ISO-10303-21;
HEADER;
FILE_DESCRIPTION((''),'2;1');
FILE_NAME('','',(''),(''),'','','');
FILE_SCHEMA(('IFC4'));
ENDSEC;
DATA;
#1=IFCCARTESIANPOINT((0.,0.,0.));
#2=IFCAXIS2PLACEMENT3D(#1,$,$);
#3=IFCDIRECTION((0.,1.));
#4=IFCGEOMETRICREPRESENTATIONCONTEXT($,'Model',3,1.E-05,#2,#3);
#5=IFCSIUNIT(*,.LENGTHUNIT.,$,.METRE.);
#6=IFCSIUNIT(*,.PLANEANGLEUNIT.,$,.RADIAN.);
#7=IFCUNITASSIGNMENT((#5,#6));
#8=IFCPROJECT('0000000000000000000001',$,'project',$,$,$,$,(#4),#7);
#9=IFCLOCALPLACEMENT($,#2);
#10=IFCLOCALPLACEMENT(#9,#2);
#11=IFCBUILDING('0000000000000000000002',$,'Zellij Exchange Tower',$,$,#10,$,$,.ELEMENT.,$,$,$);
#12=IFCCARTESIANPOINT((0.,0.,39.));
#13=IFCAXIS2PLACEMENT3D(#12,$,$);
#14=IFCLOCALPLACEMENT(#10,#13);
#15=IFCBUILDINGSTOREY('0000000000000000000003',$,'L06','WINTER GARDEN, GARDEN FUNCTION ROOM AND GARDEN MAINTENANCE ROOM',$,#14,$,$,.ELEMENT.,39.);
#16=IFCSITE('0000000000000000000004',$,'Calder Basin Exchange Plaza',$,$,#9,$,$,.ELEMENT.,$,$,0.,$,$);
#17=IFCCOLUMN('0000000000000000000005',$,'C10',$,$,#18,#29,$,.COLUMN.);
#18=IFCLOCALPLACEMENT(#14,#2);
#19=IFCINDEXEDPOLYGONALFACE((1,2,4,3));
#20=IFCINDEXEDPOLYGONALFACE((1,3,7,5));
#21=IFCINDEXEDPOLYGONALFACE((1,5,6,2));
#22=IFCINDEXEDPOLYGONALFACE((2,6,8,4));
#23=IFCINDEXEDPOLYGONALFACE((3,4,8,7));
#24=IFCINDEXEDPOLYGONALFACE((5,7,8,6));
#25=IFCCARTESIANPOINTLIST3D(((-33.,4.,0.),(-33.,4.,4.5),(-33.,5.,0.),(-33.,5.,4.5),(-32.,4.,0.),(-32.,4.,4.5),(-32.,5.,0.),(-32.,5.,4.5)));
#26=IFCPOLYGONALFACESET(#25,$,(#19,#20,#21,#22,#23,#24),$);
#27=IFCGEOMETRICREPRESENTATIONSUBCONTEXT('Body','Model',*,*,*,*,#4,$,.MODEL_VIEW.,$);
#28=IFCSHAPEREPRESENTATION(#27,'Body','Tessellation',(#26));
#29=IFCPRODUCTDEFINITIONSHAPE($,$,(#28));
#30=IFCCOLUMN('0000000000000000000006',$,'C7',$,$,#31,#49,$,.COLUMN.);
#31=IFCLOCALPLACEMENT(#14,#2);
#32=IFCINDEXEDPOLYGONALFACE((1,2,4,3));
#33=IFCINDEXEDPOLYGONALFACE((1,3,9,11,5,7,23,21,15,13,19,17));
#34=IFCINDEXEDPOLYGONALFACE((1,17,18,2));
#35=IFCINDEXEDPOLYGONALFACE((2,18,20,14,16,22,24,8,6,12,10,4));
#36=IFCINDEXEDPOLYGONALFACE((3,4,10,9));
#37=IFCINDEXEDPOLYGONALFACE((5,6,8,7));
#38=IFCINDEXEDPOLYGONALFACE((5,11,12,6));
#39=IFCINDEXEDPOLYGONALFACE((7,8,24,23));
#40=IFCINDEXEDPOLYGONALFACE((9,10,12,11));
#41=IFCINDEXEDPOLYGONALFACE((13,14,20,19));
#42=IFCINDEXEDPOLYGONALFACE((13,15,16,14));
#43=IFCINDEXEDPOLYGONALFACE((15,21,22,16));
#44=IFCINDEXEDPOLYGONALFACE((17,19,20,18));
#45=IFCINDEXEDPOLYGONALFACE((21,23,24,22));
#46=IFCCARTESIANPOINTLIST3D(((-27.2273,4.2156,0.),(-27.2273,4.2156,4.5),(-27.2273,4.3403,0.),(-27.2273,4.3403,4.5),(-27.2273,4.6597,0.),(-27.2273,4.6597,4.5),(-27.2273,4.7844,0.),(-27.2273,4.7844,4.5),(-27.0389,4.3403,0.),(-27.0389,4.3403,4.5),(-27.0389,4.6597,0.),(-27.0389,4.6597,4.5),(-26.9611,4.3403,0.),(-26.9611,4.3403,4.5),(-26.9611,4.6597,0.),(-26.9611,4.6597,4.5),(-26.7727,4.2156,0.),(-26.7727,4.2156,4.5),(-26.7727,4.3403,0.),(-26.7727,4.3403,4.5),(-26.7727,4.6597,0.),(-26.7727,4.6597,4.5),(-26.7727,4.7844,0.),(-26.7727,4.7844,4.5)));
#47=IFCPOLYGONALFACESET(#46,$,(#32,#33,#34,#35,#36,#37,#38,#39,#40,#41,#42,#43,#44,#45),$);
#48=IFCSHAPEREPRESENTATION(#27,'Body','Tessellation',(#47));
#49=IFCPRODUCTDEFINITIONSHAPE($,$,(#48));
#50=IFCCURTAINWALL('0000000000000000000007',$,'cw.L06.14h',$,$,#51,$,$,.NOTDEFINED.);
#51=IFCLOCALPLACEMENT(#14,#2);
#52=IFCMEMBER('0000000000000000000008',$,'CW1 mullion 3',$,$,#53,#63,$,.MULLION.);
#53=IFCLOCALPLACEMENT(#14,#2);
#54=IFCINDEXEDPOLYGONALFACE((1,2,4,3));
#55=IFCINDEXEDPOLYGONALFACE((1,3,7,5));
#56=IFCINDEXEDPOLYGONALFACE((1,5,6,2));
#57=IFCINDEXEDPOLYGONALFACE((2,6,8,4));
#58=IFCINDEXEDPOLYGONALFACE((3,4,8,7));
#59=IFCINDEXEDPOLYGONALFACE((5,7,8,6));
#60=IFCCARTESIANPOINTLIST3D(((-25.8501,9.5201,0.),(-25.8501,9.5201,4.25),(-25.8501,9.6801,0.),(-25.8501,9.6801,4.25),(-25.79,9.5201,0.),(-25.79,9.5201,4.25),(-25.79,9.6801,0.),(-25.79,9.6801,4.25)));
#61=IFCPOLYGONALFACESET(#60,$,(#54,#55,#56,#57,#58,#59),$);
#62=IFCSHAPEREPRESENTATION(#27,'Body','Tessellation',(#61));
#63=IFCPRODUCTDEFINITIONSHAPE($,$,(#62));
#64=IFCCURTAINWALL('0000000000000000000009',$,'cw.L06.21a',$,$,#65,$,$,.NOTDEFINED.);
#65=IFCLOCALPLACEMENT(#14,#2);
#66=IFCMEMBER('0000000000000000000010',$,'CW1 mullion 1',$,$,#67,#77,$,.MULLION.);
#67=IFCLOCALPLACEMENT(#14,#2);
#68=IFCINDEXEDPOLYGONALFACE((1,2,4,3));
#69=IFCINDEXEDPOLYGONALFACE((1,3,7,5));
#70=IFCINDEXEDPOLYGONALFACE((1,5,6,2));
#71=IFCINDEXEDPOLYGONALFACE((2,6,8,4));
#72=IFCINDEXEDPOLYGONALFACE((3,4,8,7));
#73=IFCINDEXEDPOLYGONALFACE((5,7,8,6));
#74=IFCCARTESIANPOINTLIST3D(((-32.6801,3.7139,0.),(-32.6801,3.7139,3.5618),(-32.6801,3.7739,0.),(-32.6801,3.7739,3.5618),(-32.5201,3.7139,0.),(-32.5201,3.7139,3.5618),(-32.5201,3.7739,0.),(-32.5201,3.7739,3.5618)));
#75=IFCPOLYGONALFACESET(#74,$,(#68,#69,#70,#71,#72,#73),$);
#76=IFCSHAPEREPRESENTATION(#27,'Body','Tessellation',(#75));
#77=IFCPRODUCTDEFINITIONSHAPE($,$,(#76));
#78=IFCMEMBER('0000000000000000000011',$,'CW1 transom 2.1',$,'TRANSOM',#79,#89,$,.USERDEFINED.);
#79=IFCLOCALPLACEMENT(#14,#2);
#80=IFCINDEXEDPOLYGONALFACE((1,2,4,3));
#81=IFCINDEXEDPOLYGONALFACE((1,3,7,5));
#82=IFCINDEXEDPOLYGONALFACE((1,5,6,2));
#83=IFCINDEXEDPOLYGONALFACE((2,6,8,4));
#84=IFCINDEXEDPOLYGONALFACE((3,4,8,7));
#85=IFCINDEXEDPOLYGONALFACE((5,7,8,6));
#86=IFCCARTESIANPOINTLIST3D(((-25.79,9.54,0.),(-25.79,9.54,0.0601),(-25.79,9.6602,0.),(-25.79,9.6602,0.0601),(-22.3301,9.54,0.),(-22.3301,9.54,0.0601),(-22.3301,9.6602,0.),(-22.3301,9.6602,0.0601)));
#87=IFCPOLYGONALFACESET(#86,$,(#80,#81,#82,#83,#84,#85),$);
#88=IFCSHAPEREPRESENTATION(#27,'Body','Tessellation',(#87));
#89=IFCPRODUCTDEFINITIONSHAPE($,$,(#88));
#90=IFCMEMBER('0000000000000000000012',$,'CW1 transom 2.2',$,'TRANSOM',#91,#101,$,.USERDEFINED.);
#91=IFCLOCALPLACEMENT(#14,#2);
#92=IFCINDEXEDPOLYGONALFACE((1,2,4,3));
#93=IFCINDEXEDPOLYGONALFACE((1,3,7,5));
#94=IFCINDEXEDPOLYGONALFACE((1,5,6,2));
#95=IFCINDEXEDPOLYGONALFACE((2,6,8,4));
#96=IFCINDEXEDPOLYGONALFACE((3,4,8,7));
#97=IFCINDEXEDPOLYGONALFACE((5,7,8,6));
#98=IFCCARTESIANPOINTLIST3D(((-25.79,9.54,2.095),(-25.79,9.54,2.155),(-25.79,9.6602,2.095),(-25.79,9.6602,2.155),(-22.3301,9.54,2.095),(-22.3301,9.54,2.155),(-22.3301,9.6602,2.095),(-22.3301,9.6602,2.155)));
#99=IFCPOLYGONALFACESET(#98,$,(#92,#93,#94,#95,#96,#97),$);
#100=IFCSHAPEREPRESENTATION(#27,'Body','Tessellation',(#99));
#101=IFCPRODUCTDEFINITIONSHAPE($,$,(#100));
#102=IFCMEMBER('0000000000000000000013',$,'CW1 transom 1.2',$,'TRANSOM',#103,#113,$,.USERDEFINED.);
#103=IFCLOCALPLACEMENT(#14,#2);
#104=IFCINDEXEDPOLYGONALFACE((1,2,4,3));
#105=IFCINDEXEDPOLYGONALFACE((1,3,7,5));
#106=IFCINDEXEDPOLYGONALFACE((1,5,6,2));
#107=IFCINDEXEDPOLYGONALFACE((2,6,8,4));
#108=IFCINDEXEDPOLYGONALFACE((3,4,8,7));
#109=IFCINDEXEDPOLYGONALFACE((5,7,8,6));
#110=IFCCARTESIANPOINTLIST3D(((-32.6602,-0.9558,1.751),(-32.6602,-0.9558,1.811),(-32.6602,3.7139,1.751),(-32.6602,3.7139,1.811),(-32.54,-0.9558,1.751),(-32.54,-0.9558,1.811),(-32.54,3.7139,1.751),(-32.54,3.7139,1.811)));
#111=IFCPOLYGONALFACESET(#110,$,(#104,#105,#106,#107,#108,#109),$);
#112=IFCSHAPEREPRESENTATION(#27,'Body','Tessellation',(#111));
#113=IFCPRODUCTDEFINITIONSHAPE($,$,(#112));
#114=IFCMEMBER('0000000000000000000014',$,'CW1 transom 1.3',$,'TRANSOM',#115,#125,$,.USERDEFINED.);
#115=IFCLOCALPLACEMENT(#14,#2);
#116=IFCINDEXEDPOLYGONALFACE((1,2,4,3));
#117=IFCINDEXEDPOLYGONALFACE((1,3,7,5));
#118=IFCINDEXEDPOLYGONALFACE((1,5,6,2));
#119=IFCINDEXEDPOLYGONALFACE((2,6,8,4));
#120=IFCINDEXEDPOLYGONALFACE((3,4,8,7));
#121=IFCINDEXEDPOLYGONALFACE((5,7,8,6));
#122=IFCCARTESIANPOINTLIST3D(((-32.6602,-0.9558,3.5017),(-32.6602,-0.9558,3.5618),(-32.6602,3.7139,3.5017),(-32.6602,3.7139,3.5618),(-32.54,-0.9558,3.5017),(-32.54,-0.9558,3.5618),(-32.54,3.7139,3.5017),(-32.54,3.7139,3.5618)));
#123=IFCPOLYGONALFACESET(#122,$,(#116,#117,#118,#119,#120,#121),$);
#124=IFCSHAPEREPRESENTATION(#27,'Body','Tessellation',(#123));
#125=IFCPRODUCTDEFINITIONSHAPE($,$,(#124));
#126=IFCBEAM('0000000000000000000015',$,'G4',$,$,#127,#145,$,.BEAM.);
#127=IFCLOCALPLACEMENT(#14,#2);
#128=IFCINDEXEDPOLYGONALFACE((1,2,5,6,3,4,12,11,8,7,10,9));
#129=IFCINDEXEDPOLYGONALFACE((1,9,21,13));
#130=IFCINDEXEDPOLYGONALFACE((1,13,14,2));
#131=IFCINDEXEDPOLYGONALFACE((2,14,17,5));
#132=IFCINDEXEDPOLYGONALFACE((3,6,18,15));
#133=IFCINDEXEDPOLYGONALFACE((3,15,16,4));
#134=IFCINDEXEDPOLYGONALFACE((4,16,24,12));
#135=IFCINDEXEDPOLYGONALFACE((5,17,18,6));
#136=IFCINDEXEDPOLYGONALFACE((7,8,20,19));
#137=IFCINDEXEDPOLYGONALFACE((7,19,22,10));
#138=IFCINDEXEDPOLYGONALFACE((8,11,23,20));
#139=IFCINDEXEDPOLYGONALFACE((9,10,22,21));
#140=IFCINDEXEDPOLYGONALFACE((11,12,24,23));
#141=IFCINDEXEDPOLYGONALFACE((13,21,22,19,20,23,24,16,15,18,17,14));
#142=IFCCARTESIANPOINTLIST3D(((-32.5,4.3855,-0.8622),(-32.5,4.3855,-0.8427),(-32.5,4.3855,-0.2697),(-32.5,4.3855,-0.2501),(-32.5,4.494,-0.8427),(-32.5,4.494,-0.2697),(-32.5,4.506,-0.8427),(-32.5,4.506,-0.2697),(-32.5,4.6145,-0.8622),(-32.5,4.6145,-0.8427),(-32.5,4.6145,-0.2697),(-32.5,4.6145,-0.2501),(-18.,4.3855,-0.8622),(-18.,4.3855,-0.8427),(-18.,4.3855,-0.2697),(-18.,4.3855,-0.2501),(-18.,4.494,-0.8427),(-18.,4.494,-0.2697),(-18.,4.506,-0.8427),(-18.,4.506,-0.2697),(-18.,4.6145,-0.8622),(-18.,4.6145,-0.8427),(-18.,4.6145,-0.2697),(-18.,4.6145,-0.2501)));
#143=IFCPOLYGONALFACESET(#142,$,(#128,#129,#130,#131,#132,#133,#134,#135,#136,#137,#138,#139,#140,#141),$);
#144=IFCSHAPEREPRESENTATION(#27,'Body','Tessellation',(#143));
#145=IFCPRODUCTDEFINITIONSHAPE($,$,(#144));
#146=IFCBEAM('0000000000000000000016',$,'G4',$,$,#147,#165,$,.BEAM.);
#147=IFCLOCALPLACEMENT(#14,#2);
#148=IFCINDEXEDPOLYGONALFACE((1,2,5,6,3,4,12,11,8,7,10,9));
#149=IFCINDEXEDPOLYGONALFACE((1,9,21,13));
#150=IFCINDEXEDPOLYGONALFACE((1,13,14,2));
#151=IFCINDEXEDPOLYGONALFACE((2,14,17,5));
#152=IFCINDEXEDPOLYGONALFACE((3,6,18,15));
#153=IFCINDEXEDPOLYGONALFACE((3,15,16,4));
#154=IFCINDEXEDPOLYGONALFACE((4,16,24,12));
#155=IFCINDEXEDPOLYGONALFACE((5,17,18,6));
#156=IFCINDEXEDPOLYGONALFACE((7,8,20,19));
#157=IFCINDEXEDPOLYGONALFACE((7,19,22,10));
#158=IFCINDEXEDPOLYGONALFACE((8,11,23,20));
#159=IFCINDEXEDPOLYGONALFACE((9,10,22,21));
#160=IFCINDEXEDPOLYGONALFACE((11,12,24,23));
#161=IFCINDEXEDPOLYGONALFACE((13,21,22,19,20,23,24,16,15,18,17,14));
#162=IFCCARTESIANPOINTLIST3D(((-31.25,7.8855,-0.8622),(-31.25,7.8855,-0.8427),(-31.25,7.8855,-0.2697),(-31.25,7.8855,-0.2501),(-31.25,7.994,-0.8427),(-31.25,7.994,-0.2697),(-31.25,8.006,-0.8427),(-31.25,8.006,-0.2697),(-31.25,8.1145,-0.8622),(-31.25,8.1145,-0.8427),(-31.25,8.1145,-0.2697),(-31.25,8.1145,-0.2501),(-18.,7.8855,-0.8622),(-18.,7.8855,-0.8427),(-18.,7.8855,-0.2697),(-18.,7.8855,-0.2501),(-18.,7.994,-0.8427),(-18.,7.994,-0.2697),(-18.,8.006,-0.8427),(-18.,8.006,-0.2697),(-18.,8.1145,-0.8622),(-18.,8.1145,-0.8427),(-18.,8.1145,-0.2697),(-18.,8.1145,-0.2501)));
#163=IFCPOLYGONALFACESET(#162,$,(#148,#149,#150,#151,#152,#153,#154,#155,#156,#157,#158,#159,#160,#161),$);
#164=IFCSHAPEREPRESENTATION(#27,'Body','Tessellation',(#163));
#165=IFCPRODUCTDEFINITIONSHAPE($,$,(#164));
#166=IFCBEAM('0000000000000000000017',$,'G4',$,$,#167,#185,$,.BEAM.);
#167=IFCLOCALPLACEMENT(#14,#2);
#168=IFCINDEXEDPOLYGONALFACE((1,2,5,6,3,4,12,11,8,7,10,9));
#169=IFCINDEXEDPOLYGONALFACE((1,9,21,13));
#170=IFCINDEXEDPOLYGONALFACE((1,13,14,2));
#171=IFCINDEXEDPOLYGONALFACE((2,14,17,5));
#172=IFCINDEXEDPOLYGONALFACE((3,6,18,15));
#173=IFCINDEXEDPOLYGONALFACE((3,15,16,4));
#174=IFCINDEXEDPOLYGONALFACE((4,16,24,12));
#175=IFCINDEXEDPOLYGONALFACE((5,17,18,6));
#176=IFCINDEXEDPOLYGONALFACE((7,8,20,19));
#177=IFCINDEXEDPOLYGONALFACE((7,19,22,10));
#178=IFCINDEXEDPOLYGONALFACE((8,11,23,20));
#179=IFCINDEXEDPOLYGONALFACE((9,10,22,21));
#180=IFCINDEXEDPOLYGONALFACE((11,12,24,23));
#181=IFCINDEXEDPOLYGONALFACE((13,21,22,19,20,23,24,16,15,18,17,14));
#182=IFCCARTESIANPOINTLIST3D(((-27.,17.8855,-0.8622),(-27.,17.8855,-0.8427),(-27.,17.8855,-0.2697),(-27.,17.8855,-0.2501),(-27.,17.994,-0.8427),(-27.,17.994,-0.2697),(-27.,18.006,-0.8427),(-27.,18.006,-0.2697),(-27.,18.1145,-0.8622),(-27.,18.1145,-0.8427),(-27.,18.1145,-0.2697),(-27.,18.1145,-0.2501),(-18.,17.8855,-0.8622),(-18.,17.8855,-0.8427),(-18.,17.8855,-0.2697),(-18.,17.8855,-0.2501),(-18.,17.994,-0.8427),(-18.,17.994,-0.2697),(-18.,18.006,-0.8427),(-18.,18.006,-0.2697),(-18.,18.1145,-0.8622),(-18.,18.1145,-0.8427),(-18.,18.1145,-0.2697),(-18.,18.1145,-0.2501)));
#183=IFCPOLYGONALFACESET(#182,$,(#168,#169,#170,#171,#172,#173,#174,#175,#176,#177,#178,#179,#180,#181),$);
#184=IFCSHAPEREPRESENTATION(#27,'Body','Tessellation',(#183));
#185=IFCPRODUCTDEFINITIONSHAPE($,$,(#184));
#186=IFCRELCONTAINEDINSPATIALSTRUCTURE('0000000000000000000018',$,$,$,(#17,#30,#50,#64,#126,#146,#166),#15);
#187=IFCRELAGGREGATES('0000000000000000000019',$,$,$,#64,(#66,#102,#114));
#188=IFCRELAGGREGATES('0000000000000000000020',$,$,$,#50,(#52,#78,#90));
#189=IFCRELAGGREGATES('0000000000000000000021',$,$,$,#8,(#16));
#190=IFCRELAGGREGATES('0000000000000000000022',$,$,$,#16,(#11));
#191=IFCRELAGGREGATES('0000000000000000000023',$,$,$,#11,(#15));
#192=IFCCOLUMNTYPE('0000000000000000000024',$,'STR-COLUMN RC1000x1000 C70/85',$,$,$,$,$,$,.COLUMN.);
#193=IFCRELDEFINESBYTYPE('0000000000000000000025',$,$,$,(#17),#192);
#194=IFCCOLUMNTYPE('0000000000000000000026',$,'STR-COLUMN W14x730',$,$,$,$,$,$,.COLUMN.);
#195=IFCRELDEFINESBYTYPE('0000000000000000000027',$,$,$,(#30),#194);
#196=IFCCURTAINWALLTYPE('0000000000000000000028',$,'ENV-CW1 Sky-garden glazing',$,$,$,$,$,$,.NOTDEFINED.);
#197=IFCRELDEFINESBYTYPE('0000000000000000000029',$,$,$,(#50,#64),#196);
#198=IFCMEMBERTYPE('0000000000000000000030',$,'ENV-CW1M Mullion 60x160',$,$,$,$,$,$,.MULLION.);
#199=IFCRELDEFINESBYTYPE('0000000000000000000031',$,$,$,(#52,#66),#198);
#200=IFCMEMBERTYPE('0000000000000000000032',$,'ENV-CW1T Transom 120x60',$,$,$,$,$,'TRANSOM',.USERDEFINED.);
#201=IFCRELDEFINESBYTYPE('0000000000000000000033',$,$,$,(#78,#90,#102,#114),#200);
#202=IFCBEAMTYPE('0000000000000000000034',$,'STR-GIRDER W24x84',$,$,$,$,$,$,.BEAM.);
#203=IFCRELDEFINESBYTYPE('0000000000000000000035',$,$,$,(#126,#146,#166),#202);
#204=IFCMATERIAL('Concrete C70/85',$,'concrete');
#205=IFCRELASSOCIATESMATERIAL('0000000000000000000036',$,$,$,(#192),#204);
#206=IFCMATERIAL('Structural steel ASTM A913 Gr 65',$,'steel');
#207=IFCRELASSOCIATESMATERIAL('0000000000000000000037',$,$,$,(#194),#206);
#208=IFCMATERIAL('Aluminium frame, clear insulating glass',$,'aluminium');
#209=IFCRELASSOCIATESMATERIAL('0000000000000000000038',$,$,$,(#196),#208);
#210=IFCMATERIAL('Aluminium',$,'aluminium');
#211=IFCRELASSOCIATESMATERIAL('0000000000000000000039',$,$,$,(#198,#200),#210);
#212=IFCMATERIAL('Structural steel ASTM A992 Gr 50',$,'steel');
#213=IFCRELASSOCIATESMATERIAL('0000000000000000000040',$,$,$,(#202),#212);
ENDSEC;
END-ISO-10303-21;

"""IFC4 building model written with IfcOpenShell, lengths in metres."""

from ifc_helpers import new_model, si_unit, direction, frame, origin, origin_2d, place, context, subcontext, project, spatial, rectangle, i_section, extrude, material, material_profile, profile_set, type_object, element, aggregate, save


model = new_model("IFC4")

# Units and contexts
model_context = context("Model", 3, precision=1e-05, world=origin(), true_north=direction((0.0, 1.0)))
body_context = subcontext(model_context, "Body", "Model", "MODEL_VIEW")
ifc_project = project(units=[si_unit("LENGTHUNIT", "METRE"), si_unit("PLANEANGLEUNIT", "RADIAN")], contexts=[model_context])

# Site, building, storey
site_placement = place(None, origin())
site = spatial("IfcSite", under=ifc_project, at=site_placement, Name="Calder Basin Exchange Plaza", CompositionType="ELEMENT", RefElevation=0.0)
building_placement = place(site_placement, origin())
building = spatial("IfcBuilding", under=site, at=building_placement, Name="Zellij Exchange Tower", CompositionType="ELEMENT")
storey_placement = place(building_placement, frame((0.0, 0.0, 39.0)))
storey = spatial("IfcBuildingStorey", under=building, at=storey_placement, Name="L06", Description="WINTER GARDEN, GARDEN FUNCTION ROOM AND GARDEN MAINTENANCE ROOM", CompositionType="ELEMENT", Elevation=39.0)

# Columns
ifc_material_1 = material(Name="Concrete C70/85", Category="concrete")
ifc_material_profile_1 = material_profile(ifc_material_1, rectangle(XDim=1.0, YDim=1.0, at=origin_2d()), Name="STR-COLUMN RC1000x1000 C70/85")
ifc_profile_set_1 = profile_set([ifc_material_profile_1], Name="Concrete C70/85")
column_type_1 = type_object("IfcColumnType", Name="STR-COLUMN RC1000x1000 C70/85", PredefinedType="COLUMN", material=ifc_profile_set_1)
column_1_placement = place(storey_placement, frame((-32.5, 4.5, 0.0), z_axis=(0.0, 0.0, 1.0), x_axis=(1.0, 0.0, 0.0)))
element("IfcColumn", 1, at=column_1_placement, inside=storey, type_object=column_type_1, Name="C10", PredefinedType="COLUMN", context=body_context, shape_type="SweptSolid", body=[
    extrude(rectangle(XDim=1.0, YDim=1.0, at=origin_2d()), origin(), (0.0, 0.0, 1.0), 4.5),
])
ifc_material_2 = material(Name="Structural steel ASTM A913 Gr 65", Category="steel")
ifc_material_profile_2 = material_profile(ifc_material_2, i_section(OverallWidth=0.4546, OverallDepth=0.5688, WebThickness=0.0779, FlangeThickness=0.1248, at=origin_2d()), Name="W14x730")
ifc_profile_set_2 = profile_set([ifc_material_profile_2], Name="Structural steel ASTM A913 Gr 65")
column_type_2 = type_object("IfcColumnType", Name="STR-COLUMN W14x730", PredefinedType="COLUMN", material=ifc_profile_set_2)
column_2_placement = place(storey_placement, frame((-27.0, 4.5, 0.0), z_axis=(0.0, 0.0, 1.0), x_axis=(1.0, 0.0, 0.0)))
element("IfcColumn", 2, at=column_2_placement, inside=storey, type_object=column_type_2, Name="C7", PredefinedType="COLUMN", context=body_context, shape_type="SweptSolid", body=[
    extrude(i_section(OverallWidth=0.4546, OverallDepth=0.5688, WebThickness=0.0779, FlangeThickness=0.1248, at=origin_2d()), origin(), (0.0, 0.0, 1.0), 4.5),
])

# Curtain walls, members
ifc_material_3 = material(Name="Aluminium frame, clear insulating glass", Category="aluminium")
curtain_wall_type = type_object("IfcCurtainWallType", Name="ENV-CW1 Sky-garden glazing", PredefinedType="NOTDEFINED", material=ifc_material_3)
curtain_wall_1_placement = place(storey_placement, origin())
curtain_wall_1 = element("IfcCurtainWall", 3, at=curtain_wall_1_placement, inside=storey, type_object=curtain_wall_type, Name="cw.L06.14h", PredefinedType="NOTDEFINED")
ifc_material_4 = material(Name="Aluminium", Category="aluminium")
ifc_material_profile_3 = material_profile(ifc_material_4, rectangle(XDim=0.0601, YDim=0.1599, at=origin_2d()), Name="AL 60x160")
ifc_profile_set_3 = profile_set([ifc_material_profile_3], Name="Aluminium")
member_type_1 = type_object("IfcMemberType", Name="ENV-CW1M Mullion 60x160", PredefinedType="MULLION", material=ifc_profile_set_3)
member_1_placement = place(storey_placement, frame((-25.8201, 9.6001, 0.0), z_axis=(0.0, 0.0, 1.0), x_axis=(-1.0, 0.0, 0.0)))
member_1 = element("IfcMember", 4, at=member_1_placement, type_object=member_type_1, Name="CW1 mullion 3", PredefinedType="MULLION", context=body_context, shape_type="SweptSolid", body=[
    extrude(rectangle(XDim=0.0601, YDim=0.1599, at=origin_2d()), origin(), (0.0, 0.0, 1.0), 4.25),
])
curtain_wall_2_placement = place(storey_placement, origin())
curtain_wall_2 = element("IfcCurtainWall", 5, at=curtain_wall_2_placement, inside=storey, type_object=curtain_wall_type, Name="cw.L06.21a", PredefinedType="NOTDEFINED")
member_2_placement = place(storey_placement, frame((-32.6001, 3.7439, 0.0), z_axis=(0.0, 0.0, 1.0), x_axis=(0.0, -1.0, 0.0)))
member_2 = element("IfcMember", 6, at=member_2_placement, type_object=member_type_1, Name="CW1 mullion 1", PredefinedType="MULLION", context=body_context, shape_type="SweptSolid", body=[
    extrude(rectangle(XDim=0.0601, YDim=0.1599, at=origin_2d()), origin(), (0.0, 0.0, 1.0), 3.5618),
])

# Members
ifc_material_profile_4 = material_profile(ifc_material_4, rectangle(XDim=0.1201, YDim=0.0601, at=origin_2d()), Name="AL 120x60")
ifc_profile_set_4 = profile_set([ifc_material_profile_4], Name="Aluminium")
member_type_2 = type_object("IfcMemberType", Name="ENV-CW1T Transom 120x60", ElementType="TRANSOM", PredefinedType="USERDEFINED", material=ifc_profile_set_4)
member_3_placement = place(storey_placement, frame((-22.3301, 9.6001, 0.03), z_axis=(-1.0, 0.0, 0.0), x_axis=(0.0, -1.0, 0.0)))
member_3 = element("IfcMember", 7, at=member_3_placement, type_object=member_type_2, Name="CW1 transom 2.1", ObjectType="TRANSOM", PredefinedType="USERDEFINED", context=body_context, shape_type="SweptSolid", body=[
    extrude(rectangle(XDim=0.1201, YDim=0.0601, at=origin_2d()), origin(), (0.0, 0.0, 1.0), 3.46),
])
member_4_placement = place(storey_placement, frame((-22.3301, 9.6001, 2.125), z_axis=(-1.0, 0.0, 0.0), x_axis=(0.0, -1.0, 0.0)))
member_4 = element("IfcMember", 8, at=member_4_placement, type_object=member_type_2, Name="CW1 transom 2.2", ObjectType="TRANSOM", PredefinedType="USERDEFINED", context=body_context, shape_type="SweptSolid", body=[
    extrude(rectangle(XDim=0.1201, YDim=0.0601, at=origin_2d()), origin(), (0.0, 0.0, 1.0), 3.46),
])
member_5_placement = place(storey_placement, frame((-32.6001, 3.7139, 1.781), z_axis=(0.0, -1.0, 0.0), x_axis=(1.0, 0.0, 0.0)))
member_5 = element("IfcMember", 9, at=member_5_placement, type_object=member_type_2, Name="CW1 transom 1.2", ObjectType="TRANSOM", PredefinedType="USERDEFINED", context=body_context, shape_type="SweptSolid", body=[
    extrude(rectangle(XDim=0.1201, YDim=0.0601, at=origin_2d()), origin(), (0.0, 0.0, 1.0), 4.6697),
])
member_6_placement = place(storey_placement, frame((-32.6001, 3.7139, 3.5317), z_axis=(0.0, -1.0, 0.0), x_axis=(1.0, 0.0, 0.0)))
member_6 = element("IfcMember", 10, at=member_6_placement, type_object=member_type_2, Name="CW1 transom 1.3", ObjectType="TRANSOM", PredefinedType="USERDEFINED", context=body_context, shape_type="SweptSolid", body=[
    extrude(rectangle(XDim=0.1201, YDim=0.0601, at=origin_2d()), origin(), (0.0, 0.0, 1.0), 4.6697),
])
aggregate(curtain_wall_2, [member_2, member_5, member_6])

# Beams
ifc_material_5 = material(Name="Structural steel ASTM A992 Gr 50", Category="steel")
ifc_material_profile_5 = material_profile(ifc_material_5, i_section(OverallWidth=0.229, OverallDepth=0.6121, WebThickness=0.012, FlangeThickness=0.0195, at=origin_2d()), Name="W24x84")
ifc_profile_set_5 = profile_set([ifc_material_profile_5], Name="Structural steel ASTM A992 Gr 50")
beam_type_1 = type_object("IfcBeamType", Name="STR-GIRDER W24x84", PredefinedType="BEAM", material=ifc_profile_set_5)
beam_1_placement = place(storey_placement, frame((-32.5, 4.5, -0.5562), z_axis=(1.0, 0.0, 0.0), x_axis=(0.0, 1.0, 0.0)))
element("IfcBeam", 11, at=beam_1_placement, inside=storey, type_object=beam_type_1, Name="G4", PredefinedType="BEAM", context=body_context, shape_type="SweptSolid", body=[
    extrude(i_section(OverallWidth=0.229, OverallDepth=0.6121, WebThickness=0.012, FlangeThickness=0.0195, at=origin_2d()), origin(), (0.0, 0.0, 1.0), 14.5),
])
beam_2_placement = place(storey_placement, frame((-31.25, 8.0, -0.5562), z_axis=(1.0, 0.0, 0.0), x_axis=(0.0, 1.0, 0.0)))
element("IfcBeam", 12, at=beam_2_placement, inside=storey, type_object=beam_type_1, Name="G4", PredefinedType="BEAM", context=body_context, shape_type="SweptSolid", body=[
    extrude(i_section(OverallWidth=0.229, OverallDepth=0.6121, WebThickness=0.012, FlangeThickness=0.0195, at=origin_2d()), origin(), (0.0, 0.0, 1.0), 13.25),
])
beam_3_placement = place(storey_placement, frame((-27.0, 18.0, -0.5562), z_axis=(1.0, 0.0, 0.0), x_axis=(0.0, 1.0, 0.0)))
element("IfcBeam", 13, at=beam_3_placement, inside=storey, type_object=beam_type_1, Name="G4", PredefinedType="BEAM", context=body_context, shape_type="SweptSolid", body=[
    extrude(i_section(OverallWidth=0.229, OverallDepth=0.6121, WebThickness=0.012, FlangeThickness=0.0195, at=origin_2d()), origin(), (0.0, 0.0, 1.0), 9.0),
])

aggregate(curtain_wall_1, [member_1, member_3, member_4])

save(model, "model.ifc")
